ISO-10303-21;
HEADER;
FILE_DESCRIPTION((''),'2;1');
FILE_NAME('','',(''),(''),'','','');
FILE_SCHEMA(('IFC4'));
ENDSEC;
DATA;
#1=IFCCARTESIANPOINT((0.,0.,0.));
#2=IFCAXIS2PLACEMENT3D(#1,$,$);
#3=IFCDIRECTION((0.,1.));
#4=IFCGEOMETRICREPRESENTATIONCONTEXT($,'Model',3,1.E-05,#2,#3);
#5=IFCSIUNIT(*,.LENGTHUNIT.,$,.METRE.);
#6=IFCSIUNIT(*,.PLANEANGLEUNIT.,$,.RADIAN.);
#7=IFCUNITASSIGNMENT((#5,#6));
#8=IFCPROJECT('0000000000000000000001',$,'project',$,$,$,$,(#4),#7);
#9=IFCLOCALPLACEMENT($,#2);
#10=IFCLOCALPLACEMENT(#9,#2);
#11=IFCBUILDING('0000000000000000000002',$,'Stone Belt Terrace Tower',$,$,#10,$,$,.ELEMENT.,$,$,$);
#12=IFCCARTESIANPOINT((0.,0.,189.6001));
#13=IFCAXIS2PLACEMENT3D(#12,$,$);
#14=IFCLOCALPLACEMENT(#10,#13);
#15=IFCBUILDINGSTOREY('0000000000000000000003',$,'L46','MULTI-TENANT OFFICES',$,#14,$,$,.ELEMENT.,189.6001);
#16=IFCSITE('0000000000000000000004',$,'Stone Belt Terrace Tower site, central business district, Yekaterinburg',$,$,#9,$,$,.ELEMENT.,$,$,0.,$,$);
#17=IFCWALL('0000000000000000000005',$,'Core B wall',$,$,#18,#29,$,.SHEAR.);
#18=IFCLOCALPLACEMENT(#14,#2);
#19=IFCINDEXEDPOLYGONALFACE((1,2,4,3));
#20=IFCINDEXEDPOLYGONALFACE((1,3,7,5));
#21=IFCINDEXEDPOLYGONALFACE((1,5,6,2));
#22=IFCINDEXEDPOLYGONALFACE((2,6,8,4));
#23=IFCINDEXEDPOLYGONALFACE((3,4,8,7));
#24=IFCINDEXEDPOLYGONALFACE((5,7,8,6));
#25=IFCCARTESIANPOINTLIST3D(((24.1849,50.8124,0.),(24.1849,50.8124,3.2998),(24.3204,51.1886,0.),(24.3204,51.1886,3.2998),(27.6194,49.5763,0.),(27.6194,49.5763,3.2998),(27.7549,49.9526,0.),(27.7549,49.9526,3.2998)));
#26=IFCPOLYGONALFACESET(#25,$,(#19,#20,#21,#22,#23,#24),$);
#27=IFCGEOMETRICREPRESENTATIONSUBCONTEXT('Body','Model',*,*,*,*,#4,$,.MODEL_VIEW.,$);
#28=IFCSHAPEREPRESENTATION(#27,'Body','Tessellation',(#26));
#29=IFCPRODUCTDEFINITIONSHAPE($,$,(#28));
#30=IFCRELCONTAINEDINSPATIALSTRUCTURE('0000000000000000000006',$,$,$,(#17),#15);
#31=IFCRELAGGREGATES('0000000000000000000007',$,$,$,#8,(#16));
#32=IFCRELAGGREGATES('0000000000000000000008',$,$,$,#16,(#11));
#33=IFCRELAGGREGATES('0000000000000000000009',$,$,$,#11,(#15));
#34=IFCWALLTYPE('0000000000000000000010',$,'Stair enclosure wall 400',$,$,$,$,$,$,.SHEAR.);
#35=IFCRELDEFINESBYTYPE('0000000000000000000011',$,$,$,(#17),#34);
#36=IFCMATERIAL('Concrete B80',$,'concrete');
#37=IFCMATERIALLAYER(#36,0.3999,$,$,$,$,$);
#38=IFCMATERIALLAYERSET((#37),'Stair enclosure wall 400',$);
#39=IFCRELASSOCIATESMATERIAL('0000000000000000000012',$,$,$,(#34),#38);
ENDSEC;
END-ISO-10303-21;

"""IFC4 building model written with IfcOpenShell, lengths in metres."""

from ifc_helpers import new_model, si_unit, direction, frame, frame_2d, origin, place, context, subcontext, project, spatial, rectangle, extrude, material, layer, layer_set, type_object, element, save


model = new_model("IFC4")

# Units and contexts
model_context = context("Model", 3, precision=1e-05, world=origin(), true_north=direction((0.0, 1.0)))
body_context = subcontext(model_context, "Body", "Model", "MODEL_VIEW")
ifc_project = project(units=[si_unit("LENGTHUNIT", "METRE"), si_unit("PLANEANGLEUNIT", "RADIAN")], contexts=[model_context])

# Site, building, storey
site_placement = place(None, origin())
site = spatial("IfcSite", under=ifc_project, at=site_placement, Name="Stone Belt Terrace Tower site, central business district, Yekaterinburg", CompositionType="ELEMENT", RefElevation=0.0)
building_placement = place(site_placement, origin())
building = spatial("IfcBuilding", under=site, at=building_placement, Name="Stone Belt Terrace Tower", CompositionType="ELEMENT")
storey_placement = place(building_placement, frame((0.0, 0.0, 189.6001)))
storey = spatial("IfcBuildingStorey", under=building, at=storey_placement, Name="L46", Description="MULTI-TENANT OFFICES", CompositionType="ELEMENT", Elevation=189.6001)

# Shared definitions
ifc_material_1 = material(Name="Concrete B80", Category="concrete")

# Wall
ifc_layer_1 = layer(ifc_material_1, 0.3999)
ifc_layer_set_1 = layer_set([ifc_layer_1], Name="Stair enclosure wall 400")
wall_type_1 = type_object("IfcWallType", Name="Stair enclosure wall 400", PredefinedType="SHEAR", material=ifc_layer_set_1)
wall_1_placement = place(storey_placement, frame((27.6873, 49.7644, 0.0), z_axis=(0.0, 0.0, 1.0), x_axis=(-0.940919, 0.338632, 0.0)))
element("IfcWall", 1, at=wall_1_placement, inside=storey, type_object=wall_type_1, Name="Core B wall", PredefinedType="SHEAR", context=body_context, shape_type="SweptSolid", body=[
    extrude(rectangle(XDim=3.6501, YDim=0.3999, at=frame_2d((1.8252, 0.0))), origin(), (0.0, 0.0, 1.0), 3.2998),
])

save(model, "model.ifc")
